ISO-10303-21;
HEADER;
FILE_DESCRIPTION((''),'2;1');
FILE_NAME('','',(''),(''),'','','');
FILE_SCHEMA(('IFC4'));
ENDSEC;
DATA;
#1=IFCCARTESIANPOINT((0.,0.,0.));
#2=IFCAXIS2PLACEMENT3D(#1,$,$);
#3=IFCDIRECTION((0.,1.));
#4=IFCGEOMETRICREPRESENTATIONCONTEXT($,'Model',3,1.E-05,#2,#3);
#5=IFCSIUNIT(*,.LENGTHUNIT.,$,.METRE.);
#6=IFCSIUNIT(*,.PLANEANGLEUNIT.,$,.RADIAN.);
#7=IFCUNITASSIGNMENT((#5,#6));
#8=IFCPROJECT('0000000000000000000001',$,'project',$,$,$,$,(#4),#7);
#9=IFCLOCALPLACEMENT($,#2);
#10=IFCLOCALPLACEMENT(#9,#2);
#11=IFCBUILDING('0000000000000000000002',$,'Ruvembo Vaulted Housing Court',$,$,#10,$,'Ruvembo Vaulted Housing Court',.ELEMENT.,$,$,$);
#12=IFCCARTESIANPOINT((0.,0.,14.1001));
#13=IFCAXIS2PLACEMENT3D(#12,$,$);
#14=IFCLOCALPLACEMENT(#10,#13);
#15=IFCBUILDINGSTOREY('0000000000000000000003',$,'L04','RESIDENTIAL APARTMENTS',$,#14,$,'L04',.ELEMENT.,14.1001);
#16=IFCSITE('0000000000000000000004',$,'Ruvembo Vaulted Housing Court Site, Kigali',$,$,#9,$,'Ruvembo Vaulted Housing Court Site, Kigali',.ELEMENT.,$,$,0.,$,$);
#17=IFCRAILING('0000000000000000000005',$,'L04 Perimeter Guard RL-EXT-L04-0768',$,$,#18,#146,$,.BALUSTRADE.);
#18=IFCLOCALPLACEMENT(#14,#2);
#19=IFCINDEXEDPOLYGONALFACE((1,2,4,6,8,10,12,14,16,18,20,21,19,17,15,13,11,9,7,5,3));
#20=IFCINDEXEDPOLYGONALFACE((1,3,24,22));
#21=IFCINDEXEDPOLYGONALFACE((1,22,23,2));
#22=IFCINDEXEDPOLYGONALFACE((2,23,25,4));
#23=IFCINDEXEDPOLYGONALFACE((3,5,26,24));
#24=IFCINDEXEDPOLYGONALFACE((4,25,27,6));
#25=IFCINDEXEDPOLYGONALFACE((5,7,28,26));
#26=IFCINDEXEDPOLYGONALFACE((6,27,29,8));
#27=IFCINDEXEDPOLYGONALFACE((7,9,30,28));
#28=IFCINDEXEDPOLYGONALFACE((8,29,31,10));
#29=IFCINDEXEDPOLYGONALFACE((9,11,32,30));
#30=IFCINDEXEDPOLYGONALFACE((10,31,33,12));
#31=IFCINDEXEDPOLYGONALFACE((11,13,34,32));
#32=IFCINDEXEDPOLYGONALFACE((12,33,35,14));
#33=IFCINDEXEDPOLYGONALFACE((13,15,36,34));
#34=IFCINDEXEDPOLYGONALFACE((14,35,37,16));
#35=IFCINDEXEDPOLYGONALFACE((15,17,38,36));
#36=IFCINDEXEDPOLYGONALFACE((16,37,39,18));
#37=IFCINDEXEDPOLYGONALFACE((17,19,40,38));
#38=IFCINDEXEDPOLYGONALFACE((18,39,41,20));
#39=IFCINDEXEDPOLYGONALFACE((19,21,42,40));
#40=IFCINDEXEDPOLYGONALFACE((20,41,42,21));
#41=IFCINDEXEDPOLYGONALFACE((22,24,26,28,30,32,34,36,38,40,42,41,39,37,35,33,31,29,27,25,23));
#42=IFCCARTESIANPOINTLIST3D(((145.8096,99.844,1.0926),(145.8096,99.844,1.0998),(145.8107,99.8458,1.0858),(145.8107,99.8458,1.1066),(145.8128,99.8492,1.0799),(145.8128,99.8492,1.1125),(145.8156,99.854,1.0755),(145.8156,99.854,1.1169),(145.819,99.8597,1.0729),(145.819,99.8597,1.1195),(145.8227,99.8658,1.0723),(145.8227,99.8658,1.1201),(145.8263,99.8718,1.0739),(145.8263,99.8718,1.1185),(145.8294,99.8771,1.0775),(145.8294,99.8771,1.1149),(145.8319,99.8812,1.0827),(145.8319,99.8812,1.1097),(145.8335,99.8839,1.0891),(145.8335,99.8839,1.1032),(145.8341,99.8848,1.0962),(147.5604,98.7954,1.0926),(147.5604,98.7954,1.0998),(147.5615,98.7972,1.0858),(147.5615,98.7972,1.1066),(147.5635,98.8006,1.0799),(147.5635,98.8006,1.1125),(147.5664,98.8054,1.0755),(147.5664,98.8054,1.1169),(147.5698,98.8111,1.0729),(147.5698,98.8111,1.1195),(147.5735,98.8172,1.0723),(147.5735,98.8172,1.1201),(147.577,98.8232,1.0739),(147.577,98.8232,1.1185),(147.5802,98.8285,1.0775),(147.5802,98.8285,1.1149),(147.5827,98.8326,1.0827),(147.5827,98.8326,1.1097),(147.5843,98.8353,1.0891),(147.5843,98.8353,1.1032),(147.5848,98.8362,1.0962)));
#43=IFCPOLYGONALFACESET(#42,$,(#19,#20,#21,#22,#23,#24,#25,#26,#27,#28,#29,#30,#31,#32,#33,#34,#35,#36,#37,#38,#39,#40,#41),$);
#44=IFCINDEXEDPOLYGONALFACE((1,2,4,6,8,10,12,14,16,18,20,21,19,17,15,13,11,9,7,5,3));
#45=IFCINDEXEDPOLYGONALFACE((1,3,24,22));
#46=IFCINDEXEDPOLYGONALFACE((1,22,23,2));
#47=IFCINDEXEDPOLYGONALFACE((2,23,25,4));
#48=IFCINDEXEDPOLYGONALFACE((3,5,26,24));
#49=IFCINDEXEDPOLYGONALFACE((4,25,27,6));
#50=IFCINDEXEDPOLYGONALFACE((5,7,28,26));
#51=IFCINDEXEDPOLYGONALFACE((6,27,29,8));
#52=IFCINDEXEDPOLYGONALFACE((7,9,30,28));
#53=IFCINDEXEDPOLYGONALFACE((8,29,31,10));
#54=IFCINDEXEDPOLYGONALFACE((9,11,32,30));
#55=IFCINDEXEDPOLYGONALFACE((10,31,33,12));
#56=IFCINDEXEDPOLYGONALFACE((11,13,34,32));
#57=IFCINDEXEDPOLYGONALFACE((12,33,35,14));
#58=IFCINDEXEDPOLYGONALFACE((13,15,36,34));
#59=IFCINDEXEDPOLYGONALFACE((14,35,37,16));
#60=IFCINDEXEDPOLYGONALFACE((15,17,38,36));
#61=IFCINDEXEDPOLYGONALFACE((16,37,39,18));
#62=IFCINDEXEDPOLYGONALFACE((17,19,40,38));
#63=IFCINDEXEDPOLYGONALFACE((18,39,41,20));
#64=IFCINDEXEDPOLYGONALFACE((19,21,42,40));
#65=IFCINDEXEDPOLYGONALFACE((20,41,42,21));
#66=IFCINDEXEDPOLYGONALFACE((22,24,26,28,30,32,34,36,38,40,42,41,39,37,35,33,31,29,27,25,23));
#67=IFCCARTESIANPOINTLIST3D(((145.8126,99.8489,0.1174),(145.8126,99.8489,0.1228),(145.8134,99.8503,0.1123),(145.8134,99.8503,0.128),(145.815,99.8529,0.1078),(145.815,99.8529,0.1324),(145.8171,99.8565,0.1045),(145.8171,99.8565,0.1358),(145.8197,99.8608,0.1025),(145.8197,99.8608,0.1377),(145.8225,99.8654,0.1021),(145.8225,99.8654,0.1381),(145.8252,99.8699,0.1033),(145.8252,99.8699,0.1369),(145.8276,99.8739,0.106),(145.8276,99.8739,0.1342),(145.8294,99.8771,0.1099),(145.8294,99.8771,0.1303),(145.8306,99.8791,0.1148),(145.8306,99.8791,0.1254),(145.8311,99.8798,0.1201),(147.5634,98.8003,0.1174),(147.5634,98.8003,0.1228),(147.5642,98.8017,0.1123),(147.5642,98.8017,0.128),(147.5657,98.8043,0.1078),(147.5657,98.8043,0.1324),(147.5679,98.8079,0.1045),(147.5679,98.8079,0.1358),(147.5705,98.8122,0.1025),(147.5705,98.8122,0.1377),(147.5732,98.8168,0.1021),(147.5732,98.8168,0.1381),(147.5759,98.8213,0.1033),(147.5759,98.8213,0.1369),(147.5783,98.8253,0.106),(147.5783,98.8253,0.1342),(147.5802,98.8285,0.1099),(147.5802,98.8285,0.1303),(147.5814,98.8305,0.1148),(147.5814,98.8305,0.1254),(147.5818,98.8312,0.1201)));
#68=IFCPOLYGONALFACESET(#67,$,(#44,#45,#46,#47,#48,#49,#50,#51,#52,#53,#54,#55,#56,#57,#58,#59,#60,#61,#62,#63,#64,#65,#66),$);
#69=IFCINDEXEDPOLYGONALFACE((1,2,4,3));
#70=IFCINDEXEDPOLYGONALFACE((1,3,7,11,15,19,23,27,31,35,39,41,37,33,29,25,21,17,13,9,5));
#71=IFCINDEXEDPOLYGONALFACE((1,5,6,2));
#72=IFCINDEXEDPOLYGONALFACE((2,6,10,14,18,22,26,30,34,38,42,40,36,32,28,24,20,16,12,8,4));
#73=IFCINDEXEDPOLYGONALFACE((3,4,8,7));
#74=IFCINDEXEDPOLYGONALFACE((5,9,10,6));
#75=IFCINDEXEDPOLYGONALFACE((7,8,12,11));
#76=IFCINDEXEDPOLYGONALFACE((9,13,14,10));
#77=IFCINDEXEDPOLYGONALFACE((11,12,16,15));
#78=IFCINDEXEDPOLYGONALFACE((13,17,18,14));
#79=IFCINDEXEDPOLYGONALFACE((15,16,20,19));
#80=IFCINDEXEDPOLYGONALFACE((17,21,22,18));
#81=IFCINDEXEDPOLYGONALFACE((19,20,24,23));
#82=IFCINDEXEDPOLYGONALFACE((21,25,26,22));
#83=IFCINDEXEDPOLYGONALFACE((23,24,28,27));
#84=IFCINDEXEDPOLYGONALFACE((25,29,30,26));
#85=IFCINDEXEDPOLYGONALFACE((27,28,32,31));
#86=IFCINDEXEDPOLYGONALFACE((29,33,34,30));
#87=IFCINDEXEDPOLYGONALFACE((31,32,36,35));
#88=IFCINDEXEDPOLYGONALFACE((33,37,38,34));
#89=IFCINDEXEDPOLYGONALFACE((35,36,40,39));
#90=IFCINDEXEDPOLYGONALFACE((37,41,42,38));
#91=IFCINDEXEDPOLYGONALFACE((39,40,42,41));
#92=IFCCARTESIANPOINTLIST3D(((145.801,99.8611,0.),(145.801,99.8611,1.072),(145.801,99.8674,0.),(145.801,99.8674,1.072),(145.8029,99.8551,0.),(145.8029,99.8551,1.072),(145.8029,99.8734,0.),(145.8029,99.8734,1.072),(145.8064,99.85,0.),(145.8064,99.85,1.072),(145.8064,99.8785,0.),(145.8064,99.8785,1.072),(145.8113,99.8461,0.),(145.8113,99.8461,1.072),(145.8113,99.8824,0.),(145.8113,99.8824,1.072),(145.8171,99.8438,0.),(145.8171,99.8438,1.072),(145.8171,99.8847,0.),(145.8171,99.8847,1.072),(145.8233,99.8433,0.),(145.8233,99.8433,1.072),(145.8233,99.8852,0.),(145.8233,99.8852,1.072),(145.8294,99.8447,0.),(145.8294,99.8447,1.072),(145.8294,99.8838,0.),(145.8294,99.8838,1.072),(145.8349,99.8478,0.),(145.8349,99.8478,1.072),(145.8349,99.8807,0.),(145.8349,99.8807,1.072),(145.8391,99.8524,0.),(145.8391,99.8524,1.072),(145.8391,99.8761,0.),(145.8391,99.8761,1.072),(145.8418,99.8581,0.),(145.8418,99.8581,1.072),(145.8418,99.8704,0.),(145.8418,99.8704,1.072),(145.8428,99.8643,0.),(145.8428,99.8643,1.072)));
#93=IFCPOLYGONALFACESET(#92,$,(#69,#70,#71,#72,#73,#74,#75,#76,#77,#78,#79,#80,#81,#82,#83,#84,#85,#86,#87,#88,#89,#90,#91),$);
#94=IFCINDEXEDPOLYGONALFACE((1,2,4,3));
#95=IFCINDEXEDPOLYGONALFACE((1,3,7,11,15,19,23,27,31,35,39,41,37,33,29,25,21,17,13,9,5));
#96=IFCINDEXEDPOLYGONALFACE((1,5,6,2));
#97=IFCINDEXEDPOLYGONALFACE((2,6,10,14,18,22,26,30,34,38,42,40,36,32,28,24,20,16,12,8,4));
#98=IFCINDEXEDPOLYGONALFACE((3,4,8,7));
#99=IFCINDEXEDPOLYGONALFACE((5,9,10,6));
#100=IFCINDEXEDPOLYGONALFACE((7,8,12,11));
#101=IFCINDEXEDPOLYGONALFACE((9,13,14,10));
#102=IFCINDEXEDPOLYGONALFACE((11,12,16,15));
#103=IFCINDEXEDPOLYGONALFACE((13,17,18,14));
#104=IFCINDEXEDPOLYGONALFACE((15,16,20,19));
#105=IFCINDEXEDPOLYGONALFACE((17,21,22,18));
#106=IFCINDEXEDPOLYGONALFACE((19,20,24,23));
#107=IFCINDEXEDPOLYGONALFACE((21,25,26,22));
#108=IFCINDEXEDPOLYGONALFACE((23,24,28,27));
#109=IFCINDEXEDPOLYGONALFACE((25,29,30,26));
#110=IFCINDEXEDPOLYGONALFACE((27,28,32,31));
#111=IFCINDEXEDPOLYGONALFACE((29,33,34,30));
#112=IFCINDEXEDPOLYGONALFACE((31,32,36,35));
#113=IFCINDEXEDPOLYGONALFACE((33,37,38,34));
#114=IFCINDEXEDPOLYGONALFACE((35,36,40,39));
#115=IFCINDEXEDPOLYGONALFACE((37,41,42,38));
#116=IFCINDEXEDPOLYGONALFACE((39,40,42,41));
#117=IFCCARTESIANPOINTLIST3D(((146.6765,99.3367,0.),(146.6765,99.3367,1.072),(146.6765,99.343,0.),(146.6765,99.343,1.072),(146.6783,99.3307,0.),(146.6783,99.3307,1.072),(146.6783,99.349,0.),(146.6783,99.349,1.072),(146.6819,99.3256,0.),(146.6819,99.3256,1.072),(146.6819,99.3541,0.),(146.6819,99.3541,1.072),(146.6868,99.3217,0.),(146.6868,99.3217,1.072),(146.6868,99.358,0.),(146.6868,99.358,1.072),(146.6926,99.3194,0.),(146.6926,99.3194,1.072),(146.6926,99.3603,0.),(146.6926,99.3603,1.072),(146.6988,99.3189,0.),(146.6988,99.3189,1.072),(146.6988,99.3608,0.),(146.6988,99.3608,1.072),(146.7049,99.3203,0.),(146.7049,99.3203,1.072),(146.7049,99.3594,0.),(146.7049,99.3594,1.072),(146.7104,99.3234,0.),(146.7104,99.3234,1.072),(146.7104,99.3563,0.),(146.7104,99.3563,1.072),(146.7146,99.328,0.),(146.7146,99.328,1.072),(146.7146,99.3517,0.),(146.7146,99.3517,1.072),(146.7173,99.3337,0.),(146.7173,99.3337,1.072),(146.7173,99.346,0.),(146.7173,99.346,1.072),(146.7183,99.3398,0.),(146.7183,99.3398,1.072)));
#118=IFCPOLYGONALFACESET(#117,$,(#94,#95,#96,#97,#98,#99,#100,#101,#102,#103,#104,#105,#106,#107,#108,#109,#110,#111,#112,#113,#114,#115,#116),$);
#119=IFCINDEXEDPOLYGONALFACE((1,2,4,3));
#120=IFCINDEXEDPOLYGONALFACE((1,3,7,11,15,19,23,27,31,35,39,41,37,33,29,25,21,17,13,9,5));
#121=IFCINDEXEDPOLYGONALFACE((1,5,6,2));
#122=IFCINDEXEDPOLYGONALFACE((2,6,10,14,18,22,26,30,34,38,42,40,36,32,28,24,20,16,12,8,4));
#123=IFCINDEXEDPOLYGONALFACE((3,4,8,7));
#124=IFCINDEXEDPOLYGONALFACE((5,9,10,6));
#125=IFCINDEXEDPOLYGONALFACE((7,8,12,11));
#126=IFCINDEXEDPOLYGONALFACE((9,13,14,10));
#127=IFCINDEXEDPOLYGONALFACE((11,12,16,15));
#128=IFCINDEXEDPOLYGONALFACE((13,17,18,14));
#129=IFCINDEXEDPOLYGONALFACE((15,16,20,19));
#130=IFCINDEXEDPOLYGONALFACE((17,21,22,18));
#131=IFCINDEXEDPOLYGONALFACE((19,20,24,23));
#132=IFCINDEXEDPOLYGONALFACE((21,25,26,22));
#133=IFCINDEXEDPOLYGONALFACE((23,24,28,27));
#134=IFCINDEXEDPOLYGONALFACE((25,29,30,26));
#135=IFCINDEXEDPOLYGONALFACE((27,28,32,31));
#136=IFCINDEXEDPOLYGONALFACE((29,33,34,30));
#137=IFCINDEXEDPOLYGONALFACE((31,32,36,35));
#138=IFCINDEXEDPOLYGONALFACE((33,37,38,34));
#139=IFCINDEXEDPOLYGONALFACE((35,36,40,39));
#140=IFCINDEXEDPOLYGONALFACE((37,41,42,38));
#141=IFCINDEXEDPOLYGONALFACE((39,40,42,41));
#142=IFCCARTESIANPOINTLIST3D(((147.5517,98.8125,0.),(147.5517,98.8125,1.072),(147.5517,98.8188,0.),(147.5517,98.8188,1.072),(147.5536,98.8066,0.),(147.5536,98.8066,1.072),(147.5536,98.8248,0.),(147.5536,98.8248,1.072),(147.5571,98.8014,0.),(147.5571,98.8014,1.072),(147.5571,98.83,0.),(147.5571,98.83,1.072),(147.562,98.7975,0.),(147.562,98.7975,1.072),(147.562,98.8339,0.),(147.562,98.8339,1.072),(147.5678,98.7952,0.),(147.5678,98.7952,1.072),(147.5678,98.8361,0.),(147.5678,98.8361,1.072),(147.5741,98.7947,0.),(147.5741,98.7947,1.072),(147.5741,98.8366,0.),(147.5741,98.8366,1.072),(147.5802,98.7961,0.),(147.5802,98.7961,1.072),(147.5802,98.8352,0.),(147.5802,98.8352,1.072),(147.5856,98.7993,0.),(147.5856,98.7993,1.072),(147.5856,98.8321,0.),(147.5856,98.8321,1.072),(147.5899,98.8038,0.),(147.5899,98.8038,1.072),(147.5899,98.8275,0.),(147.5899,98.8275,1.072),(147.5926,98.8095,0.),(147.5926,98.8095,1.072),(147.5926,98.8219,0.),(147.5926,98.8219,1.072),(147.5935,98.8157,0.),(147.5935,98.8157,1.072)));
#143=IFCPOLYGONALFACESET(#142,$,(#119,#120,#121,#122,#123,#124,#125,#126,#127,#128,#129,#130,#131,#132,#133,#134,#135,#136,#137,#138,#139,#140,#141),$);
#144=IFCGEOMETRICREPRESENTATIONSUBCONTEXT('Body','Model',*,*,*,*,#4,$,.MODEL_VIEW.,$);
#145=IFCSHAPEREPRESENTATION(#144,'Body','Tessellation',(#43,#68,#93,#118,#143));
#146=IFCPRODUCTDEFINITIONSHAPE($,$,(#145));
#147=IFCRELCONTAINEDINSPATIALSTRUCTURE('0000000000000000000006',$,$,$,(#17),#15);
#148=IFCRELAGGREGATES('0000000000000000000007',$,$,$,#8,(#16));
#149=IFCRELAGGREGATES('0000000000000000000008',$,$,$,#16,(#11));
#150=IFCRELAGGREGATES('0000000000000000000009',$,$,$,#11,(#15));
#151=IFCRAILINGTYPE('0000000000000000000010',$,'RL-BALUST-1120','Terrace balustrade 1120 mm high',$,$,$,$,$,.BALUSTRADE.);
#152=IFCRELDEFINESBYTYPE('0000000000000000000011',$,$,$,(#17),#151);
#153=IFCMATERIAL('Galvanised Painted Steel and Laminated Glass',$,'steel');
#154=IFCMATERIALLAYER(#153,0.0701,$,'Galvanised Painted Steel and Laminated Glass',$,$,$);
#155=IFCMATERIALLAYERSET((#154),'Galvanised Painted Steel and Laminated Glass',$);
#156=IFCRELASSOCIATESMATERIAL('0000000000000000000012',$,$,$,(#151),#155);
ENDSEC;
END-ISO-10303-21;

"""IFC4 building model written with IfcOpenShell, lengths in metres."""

from ifc_helpers import new_model, si_unit, direction, frame, origin, origin_2d, place, context, subcontext, project, spatial, circle, extrude, material, layer, layer_set, type_object, element, save


model = new_model("IFC4")

# Units and contexts
model_context = context("Model", 3, precision=1e-05, world=origin(), true_north=direction((0.0, 1.0)))
body_context = subcontext(model_context, "Body", "Model", "MODEL_VIEW")
ifc_project = project(units=[si_unit("LENGTHUNIT", "METRE"), si_unit("PLANEANGLEUNIT", "RADIAN")], contexts=[model_context])

# Site, building, storey
site_placement = place(None, origin())
site = spatial("IfcSite", under=ifc_project, at=site_placement, Name="Ruvembo Vaulted Housing Court Site, Kigali", LongName="Ruvembo Vaulted Housing Court Site, Kigali", CompositionType="ELEMENT", RefElevation=0.0)
building_placement = place(site_placement, origin())
building = spatial("IfcBuilding", under=site, at=building_placement, Name="Ruvembo Vaulted Housing Court", LongName="Ruvembo Vaulted Housing Court", CompositionType="ELEMENT")
storey_placement = place(building_placement, frame((0.0, 0.0, 14.1001)))
storey = spatial("IfcBuildingStorey", under=building, at=storey_placement, Name="L04", Description="RESIDENTIAL APARTMENTS", LongName="L04", CompositionType="ELEMENT", Elevation=14.1001)

# Railing
ifc_material_1 = material(Name="Galvanised Painted Steel and Laminated Glass", Category="steel")
ifc_layer_1 = layer(ifc_material_1, 0.0701, Name="Galvanised Painted Steel and Laminated Glass")
ifc_layer_set_1 = layer_set([ifc_layer_1], Name="Galvanised Painted Steel and Laminated Glass")
railing_type = type_object("IfcRailingType", Name="RL-BALUST-1120", Description="Terrace balustrade 1120 mm high", PredefinedType="BALUSTRADE", material=ifc_layer_set_1)
railing_1_placement = place(storey_placement, frame((145.8218, 99.8643, 0.0)))
element("IfcRailing", 1, at=railing_1_placement, inside=storey, type_object=railing_type, Name="L04 Perimeter Guard RL-EXT-L04-0768", PredefinedType="BALUSTRADE", context=body_context, shape_type="SweptSolid", body=[
    extrude(circle(Radius=0.0239, at=origin_2d()), frame((0.0, 0.0, 1.0962), z_axis=(0.857894, -0.513827, 0.0), x_axis=(0.513827, 0.857894, 0.0)), (0.0, 0.0, 1.0), 2.0408),
    extrude(circle(Radius=0.0181, at=origin_2d()), frame((0.0, 0.0, 0.1201), z_axis=(0.857894, -0.513827, 0.0), x_axis=(0.513827, 0.857894, 0.0)), (0.0, 0.0, 1.0), 2.0408),
    extrude(circle(Radius=0.021, at=origin_2d()), origin(), (0.0, 0.0, 1.0), 1.072),
    extrude(circle(Radius=0.021, at=origin_2d()), frame((0.8755, -0.5244, 0.0)), (0.0, 0.0, 1.0), 1.072),
    extrude(circle(Radius=0.021, at=origin_2d()), frame((1.7507, -1.0486, 0.0)), (0.0, 0.0, 1.0), 1.072),
])

save(model, "model.ifc")
